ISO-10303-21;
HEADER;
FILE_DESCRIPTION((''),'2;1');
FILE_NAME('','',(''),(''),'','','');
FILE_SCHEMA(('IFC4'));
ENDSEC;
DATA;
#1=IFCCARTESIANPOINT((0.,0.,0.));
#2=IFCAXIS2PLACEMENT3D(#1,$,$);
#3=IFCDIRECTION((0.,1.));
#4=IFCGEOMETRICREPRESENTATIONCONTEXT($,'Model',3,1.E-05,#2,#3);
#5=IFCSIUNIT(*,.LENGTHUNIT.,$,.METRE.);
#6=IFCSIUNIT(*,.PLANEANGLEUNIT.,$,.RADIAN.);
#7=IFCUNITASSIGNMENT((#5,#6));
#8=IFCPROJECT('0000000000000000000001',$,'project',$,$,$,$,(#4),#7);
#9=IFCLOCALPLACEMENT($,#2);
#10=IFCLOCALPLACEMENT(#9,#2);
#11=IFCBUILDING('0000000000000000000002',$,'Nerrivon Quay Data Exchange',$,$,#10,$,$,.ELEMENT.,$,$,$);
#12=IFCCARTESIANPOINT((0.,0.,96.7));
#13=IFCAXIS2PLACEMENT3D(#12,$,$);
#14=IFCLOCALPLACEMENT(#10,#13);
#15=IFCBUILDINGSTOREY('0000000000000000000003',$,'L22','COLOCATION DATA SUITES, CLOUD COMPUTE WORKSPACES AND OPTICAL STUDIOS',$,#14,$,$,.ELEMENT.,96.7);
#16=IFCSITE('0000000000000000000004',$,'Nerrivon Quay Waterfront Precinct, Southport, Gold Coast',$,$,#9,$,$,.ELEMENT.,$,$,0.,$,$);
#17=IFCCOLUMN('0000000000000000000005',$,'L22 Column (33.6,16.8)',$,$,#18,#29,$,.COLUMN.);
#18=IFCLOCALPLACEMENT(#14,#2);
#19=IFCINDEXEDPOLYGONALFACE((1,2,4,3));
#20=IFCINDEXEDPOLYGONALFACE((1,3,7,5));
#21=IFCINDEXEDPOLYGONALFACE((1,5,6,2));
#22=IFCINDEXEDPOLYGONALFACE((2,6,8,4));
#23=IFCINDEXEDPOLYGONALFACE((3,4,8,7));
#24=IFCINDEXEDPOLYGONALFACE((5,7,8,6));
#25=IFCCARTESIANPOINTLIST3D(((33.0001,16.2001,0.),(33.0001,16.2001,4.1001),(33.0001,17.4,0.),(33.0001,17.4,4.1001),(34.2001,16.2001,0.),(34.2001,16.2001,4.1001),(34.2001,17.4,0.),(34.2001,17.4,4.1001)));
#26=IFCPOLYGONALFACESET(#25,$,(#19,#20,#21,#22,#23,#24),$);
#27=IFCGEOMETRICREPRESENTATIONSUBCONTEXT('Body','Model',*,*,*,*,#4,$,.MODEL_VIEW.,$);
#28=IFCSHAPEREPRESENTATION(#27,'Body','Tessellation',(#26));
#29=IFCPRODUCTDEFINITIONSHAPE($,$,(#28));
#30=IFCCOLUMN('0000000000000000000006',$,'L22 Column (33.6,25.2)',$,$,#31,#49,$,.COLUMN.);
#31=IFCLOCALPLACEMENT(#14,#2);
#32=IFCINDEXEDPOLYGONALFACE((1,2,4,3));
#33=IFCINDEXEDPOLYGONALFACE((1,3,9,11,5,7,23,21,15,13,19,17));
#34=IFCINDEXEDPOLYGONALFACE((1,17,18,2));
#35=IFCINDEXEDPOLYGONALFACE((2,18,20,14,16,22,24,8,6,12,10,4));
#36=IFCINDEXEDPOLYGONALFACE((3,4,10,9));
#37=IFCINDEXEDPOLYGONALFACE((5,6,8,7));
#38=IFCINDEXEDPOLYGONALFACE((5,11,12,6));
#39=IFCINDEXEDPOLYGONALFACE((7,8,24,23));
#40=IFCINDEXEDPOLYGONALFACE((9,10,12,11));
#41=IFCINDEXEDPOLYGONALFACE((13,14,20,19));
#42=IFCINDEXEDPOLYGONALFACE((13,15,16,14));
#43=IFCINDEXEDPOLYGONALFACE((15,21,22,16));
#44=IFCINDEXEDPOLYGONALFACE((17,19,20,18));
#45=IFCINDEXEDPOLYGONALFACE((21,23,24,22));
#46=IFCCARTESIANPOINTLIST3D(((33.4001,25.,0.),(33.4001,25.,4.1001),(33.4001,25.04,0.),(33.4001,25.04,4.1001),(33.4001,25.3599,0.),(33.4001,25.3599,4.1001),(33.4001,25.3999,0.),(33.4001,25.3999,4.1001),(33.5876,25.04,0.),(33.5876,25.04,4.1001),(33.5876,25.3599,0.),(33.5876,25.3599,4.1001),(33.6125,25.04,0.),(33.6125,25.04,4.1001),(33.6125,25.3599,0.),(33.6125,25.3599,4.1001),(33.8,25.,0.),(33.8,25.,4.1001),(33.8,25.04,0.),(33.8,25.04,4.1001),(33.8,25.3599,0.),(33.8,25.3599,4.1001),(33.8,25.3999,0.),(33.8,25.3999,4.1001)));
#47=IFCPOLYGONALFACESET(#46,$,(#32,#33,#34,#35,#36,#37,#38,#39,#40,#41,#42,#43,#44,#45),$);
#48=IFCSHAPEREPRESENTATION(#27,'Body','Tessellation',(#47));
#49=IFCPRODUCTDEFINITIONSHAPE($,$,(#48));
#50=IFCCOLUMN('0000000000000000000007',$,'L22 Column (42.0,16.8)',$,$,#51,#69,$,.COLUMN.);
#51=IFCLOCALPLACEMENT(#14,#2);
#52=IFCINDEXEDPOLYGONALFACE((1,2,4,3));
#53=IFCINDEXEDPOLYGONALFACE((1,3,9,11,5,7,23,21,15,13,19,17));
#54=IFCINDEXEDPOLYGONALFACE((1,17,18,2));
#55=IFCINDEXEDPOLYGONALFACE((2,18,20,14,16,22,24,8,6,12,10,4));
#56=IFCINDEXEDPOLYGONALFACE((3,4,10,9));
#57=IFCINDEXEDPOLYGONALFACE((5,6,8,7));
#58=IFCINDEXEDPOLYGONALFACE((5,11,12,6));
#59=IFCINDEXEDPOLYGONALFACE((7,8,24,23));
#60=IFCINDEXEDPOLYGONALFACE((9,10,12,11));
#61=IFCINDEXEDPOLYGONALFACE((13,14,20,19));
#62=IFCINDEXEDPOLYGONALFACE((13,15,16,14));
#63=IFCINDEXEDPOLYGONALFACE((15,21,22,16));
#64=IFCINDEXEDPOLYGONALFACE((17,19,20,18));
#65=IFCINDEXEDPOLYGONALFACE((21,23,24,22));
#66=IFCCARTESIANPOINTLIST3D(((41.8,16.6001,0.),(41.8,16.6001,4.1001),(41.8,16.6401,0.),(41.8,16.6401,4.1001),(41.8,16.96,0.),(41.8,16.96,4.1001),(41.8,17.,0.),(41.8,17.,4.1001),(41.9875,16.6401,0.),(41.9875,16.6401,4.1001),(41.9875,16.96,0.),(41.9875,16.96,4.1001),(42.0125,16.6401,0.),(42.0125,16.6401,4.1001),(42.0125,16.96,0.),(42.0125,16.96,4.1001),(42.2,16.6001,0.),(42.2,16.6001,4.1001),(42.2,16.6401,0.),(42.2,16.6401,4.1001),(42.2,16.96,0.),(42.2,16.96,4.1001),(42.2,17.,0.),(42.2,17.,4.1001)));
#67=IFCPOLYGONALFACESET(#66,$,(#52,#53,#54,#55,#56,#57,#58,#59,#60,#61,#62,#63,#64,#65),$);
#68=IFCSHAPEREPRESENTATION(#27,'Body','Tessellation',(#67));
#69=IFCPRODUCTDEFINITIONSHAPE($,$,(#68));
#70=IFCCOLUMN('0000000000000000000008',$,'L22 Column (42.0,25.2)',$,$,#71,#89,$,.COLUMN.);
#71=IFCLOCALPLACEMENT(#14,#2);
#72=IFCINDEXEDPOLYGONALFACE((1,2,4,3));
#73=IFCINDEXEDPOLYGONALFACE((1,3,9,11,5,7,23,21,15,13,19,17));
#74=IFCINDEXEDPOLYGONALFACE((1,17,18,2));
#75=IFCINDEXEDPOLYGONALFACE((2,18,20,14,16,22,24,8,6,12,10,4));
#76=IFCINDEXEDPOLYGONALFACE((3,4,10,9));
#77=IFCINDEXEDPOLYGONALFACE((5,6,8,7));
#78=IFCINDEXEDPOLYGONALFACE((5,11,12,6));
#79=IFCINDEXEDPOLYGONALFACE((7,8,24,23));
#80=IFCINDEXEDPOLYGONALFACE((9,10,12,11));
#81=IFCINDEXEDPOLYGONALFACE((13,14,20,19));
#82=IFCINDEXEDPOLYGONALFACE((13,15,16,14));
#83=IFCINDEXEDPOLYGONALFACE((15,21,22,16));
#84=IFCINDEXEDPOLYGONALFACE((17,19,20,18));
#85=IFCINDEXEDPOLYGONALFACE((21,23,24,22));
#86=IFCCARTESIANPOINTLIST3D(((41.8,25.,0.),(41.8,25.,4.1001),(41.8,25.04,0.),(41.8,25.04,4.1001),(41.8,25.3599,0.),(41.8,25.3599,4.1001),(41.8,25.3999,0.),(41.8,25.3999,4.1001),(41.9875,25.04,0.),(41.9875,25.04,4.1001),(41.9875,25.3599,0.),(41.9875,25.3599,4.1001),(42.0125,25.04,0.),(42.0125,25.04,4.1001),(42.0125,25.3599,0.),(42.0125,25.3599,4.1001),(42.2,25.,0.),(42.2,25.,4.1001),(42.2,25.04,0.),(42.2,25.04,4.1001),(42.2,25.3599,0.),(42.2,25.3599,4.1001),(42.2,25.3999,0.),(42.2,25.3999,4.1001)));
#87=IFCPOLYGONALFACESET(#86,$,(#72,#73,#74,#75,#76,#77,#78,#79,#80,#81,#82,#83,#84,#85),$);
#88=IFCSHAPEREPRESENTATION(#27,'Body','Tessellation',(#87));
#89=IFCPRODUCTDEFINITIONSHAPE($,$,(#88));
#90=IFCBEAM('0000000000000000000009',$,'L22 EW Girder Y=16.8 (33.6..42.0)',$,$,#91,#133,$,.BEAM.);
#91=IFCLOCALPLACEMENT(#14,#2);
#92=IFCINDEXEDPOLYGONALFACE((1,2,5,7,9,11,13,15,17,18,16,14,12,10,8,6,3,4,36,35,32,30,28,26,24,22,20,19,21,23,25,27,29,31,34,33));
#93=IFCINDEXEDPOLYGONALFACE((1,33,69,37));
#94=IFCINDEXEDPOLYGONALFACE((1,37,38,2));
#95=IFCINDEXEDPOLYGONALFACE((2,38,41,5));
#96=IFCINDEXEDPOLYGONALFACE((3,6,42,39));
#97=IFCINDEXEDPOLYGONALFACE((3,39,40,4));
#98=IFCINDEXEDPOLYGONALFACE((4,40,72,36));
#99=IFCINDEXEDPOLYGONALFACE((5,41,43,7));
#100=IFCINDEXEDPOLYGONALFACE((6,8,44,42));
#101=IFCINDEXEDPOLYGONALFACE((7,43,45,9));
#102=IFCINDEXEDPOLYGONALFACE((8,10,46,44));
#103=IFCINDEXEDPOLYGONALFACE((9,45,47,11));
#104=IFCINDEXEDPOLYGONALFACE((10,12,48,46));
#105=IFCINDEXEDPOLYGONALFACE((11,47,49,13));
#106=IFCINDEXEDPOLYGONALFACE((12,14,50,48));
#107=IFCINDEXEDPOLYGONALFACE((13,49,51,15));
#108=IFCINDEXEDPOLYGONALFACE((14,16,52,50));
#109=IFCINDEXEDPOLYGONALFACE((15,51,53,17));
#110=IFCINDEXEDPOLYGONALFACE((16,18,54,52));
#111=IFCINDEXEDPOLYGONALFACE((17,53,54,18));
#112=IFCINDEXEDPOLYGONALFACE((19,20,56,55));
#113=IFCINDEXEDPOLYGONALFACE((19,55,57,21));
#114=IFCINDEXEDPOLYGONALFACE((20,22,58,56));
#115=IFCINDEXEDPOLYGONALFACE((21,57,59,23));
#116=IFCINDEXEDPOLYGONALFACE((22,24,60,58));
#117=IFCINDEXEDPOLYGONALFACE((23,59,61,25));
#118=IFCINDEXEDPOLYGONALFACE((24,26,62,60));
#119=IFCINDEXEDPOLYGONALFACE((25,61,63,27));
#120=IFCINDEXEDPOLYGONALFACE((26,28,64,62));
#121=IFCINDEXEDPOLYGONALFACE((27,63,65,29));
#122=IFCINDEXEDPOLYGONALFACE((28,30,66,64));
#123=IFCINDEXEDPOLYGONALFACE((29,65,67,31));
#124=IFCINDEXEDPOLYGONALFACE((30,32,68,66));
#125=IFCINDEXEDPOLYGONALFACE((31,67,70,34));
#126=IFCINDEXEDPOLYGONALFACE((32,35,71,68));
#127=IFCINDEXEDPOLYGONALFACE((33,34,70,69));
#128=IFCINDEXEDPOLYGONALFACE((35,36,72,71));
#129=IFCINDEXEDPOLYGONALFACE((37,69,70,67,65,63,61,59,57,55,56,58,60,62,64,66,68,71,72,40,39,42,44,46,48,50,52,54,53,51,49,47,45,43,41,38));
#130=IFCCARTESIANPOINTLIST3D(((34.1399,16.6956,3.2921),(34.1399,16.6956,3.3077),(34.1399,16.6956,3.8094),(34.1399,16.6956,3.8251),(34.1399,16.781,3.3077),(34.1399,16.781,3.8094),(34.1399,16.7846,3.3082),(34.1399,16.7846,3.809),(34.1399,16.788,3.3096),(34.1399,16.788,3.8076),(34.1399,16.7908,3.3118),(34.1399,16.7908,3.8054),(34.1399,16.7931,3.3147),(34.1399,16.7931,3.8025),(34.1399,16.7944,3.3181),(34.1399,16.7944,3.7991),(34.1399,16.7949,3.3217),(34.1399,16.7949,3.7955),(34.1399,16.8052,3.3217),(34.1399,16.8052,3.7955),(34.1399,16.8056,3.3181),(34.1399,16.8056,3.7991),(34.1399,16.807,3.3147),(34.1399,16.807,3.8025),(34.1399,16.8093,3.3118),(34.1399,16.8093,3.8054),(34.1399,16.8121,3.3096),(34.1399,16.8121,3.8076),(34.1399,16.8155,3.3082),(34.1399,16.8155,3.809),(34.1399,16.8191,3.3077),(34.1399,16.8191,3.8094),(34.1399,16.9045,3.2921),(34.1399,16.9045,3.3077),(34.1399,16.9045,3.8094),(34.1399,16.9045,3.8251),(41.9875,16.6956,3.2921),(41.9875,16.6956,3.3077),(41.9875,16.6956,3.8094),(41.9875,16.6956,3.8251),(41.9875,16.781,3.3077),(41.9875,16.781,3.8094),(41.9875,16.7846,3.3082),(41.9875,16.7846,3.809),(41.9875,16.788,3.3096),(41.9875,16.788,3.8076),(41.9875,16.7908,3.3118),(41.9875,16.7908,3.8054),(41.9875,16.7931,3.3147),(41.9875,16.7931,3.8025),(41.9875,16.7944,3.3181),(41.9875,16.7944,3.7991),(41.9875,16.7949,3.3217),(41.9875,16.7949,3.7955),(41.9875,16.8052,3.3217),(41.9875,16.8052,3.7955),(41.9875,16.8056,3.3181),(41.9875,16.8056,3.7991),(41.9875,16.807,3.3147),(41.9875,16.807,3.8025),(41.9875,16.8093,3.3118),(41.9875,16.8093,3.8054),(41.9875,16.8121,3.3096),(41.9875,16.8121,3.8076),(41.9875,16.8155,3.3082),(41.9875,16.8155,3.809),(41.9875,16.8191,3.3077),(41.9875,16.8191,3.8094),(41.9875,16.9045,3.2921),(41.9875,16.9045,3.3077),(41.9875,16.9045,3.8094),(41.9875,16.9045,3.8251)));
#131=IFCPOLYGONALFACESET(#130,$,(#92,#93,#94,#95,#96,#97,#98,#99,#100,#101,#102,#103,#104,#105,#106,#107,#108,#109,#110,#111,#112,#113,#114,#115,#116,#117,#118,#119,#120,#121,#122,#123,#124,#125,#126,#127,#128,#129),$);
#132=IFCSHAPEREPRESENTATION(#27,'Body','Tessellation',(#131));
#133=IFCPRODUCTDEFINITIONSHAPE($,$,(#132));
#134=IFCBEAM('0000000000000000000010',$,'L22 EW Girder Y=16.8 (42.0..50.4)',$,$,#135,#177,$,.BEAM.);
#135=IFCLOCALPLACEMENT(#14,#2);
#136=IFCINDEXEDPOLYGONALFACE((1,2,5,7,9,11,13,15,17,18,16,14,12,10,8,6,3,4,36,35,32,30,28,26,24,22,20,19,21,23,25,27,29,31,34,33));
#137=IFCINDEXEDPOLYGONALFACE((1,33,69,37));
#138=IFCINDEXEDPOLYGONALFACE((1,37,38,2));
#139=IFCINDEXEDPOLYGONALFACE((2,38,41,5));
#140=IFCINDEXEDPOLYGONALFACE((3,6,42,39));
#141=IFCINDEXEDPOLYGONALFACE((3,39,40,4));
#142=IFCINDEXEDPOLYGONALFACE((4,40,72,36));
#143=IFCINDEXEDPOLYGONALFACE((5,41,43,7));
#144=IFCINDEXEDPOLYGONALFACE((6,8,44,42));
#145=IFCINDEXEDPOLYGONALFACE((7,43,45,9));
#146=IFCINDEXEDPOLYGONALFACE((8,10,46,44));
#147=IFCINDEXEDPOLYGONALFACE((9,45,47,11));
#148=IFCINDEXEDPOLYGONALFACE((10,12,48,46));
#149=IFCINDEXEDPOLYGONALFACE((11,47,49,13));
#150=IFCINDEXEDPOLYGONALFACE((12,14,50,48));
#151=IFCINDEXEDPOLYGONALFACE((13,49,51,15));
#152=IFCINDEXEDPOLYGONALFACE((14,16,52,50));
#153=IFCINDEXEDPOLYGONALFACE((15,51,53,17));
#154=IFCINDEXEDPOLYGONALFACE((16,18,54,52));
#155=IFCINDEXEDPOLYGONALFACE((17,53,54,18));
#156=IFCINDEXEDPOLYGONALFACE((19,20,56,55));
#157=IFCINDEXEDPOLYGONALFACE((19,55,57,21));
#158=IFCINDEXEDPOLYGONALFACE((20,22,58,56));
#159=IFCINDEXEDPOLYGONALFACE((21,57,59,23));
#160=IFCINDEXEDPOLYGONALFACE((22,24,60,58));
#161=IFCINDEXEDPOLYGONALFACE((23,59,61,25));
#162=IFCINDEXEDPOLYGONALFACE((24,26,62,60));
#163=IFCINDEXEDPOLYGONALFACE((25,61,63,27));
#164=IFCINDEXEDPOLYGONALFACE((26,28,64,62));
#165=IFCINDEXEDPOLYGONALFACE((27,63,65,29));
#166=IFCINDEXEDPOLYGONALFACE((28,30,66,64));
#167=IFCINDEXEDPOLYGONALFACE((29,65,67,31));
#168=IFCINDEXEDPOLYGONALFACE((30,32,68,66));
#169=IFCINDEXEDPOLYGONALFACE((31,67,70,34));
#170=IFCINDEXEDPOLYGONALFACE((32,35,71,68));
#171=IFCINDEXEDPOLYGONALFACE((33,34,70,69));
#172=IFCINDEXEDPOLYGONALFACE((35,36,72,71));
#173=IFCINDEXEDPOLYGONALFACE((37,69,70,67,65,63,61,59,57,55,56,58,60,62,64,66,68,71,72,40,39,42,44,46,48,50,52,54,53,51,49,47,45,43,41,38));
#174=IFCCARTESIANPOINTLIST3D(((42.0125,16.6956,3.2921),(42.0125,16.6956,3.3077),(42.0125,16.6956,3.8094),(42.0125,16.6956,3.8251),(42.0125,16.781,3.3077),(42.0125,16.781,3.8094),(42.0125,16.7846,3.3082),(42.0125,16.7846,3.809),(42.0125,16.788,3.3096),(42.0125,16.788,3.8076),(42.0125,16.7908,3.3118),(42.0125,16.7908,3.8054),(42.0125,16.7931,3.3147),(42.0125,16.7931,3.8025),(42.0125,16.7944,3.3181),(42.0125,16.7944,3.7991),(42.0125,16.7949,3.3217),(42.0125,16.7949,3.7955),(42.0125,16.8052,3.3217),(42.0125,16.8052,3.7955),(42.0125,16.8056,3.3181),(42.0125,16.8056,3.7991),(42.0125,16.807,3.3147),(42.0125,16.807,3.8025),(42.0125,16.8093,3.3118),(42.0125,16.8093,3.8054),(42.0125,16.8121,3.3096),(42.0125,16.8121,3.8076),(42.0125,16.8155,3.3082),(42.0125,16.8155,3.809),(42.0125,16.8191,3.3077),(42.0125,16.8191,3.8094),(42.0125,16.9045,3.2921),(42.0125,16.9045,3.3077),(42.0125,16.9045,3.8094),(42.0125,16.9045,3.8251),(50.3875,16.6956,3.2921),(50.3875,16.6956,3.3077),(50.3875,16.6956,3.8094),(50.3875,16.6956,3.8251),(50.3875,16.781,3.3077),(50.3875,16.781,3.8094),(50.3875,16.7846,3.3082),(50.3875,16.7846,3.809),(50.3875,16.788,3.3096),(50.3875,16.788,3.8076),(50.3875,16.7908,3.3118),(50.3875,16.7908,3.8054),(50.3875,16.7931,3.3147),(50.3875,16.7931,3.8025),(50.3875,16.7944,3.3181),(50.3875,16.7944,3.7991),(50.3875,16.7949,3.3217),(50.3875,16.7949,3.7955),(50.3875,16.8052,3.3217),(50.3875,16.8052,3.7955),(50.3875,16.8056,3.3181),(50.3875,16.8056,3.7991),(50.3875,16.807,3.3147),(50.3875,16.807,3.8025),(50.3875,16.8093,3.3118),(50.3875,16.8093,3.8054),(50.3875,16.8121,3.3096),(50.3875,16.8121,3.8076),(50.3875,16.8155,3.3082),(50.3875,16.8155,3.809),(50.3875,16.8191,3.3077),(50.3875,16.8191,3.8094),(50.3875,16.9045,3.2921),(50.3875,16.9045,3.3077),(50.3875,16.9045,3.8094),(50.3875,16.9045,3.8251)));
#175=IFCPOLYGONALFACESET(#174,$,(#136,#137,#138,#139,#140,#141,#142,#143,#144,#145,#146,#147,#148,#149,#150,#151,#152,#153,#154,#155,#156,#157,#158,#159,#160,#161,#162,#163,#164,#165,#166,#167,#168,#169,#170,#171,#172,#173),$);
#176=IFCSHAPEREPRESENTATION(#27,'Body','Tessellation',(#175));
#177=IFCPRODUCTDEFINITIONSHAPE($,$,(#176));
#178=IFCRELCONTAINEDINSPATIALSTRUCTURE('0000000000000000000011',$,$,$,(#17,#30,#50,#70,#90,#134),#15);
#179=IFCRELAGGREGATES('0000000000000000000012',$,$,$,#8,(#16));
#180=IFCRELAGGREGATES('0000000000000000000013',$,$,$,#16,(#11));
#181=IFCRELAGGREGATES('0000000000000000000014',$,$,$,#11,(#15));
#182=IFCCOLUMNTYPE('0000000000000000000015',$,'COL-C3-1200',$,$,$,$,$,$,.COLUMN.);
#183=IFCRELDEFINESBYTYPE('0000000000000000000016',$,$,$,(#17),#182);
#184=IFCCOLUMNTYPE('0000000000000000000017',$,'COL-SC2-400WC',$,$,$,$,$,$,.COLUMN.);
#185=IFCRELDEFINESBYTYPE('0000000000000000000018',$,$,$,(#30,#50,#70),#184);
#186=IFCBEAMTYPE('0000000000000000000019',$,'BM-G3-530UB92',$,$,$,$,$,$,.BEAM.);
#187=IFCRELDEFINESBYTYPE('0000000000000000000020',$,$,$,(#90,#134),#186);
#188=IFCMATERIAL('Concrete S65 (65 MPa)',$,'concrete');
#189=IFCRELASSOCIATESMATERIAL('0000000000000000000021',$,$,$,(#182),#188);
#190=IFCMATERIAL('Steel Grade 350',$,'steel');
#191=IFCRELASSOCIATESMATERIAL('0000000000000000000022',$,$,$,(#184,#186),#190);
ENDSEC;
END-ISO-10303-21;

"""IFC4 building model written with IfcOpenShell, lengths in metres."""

from ifc_helpers import new_model, si_unit, direction, frame, origin, origin_2d, place, context, subcontext, project, spatial, rectangle, i_section, extrude, material, material_profile, profile_set, type_object, element, save


model = new_model("IFC4")

# Units and contexts
model_context = context("Model", 3, precision=1e-05, world=origin(), true_north=direction((0.0, 1.0)))
body_context = subcontext(model_context, "Body", "Model", "MODEL_VIEW")
ifc_project = project(units=[si_unit("LENGTHUNIT", "METRE"), si_unit("PLANEANGLEUNIT", "RADIAN")], contexts=[model_context])

# Site, building, storey
site_placement = place(None, origin())
site = spatial("IfcSite", under=ifc_project, at=site_placement, Name="Nerrivon Quay Waterfront Precinct, Southport, Gold Coast", CompositionType="ELEMENT", RefElevation=0.0)
building_placement = place(site_placement, origin())
building = spatial("IfcBuilding", under=site, at=building_placement, Name="Nerrivon Quay Data Exchange", CompositionType="ELEMENT")
storey_placement = place(building_placement, frame((0.0, 0.0, 96.7)))
storey = spatial("IfcBuildingStorey", under=building, at=storey_placement, Name="L22", Description="COLOCATION DATA SUITES, CLOUD COMPUTE WORKSPACES AND OPTICAL STUDIOS", CompositionType="ELEMENT", Elevation=96.7)

# Columns
ifc_material_1 = material(Name="Concrete S65 (65 MPa)", Category="concrete")
ifc_material_profile_1 = material_profile(ifc_material_1, rectangle(XDim=1.2, YDim=1.2, at=origin_2d()), Name="RC-COL-1200x1200")
ifc_profile_set_1 = profile_set([ifc_material_profile_1], Name="Concrete S65 (65 MPa)")
column_type_1 = type_object("IfcColumnType", Name="COL-C3-1200", PredefinedType="COLUMN", material=ifc_profile_set_1)
column_placement = place(storey_placement, frame((33.6001, 16.8, 0.0), z_axis=(0.0, 0.0, 1.0), x_axis=(1.0, 0.0, 0.0)))
element("IfcColumn", 1, at=column_placement, inside=storey, type_object=column_type_1, Name="L22 Column (33.6,16.8)", PredefinedType="COLUMN", context=body_context, shape_type="SweptSolid", body=[
    extrude(rectangle(XDim=1.2, YDim=1.2, at=origin_2d()), origin(), (0.0, 0.0, 1.0), 4.1001),
])
ifc_material_2 = material(Name="Steel Grade 350", Category="steel")
ifc_material_profile_2 = material_profile(ifc_material_2, i_section(OverallWidth=0.3999, OverallDepth=0.3999, WebThickness=0.0249, FlangeThickness=0.04, at=origin_2d()), Name="400WC328")
ifc_profile_set_2 = profile_set([ifc_material_profile_2], Name="Steel Grade 350")
column_type_2 = type_object("IfcColumnType", Name="COL-SC2-400WC", PredefinedType="COLUMN", material=ifc_profile_set_2)
for number, where, z_axis, x_axis, name in (
    (2, (33.6001, 25.2, 0.0), (0.0, 0.0, 1.0), (1.0, 0.0, 0.0), "L22 Column (33.6,25.2)"),
    (3, (42.0, 16.8, 0.0), (0.0, 0.0, 1.0), (1.0, 0.0, 0.0), "L22 Column (42.0,16.8)"),
    (4, (42.0, 25.2, 0.0), (0.0, 0.0, 1.0), (1.0, 0.0, 0.0), "L22 Column (42.0,25.2)"),
):
    element("IfcColumn", number, at=place(storey_placement, frame(where, z_axis=z_axis, x_axis=x_axis)), inside=storey, type_object=column_type_2, Name=name, PredefinedType="COLUMN", context=body_context, shape_type="SweptSolid", body=[
        extrude(i_section(OverallWidth=0.3999, OverallDepth=0.3999, WebThickness=0.0249, FlangeThickness=0.04, at=origin_2d()), origin(), (0.0, 0.0, 1.0), 4.1001),
    ])

# Beams
ifc_material_profile_3 = material_profile(ifc_material_2, i_section(OverallWidth=0.209, OverallDepth=0.533, WebThickness=0.0103, FlangeThickness=0.0156, FilletRadius=0.0139, at=origin_2d()), Name="530UB92.4")
ifc_profile_set_3 = profile_set([ifc_material_profile_3], Name="Steel Grade 350")
beam_type_1 = type_object("IfcBeamType", Name="BM-G3-530UB92", PredefinedType="BEAM", material=ifc_profile_set_3)
beam_1_placement = place(storey_placement, frame((34.1399, 16.8, 3.5586), z_axis=(1.0, 0.0, 0.0), x_axis=(0.0, 1.0, 0.0)))
element("IfcBeam", 5, at=beam_1_placement, inside=storey, type_object=beam_type_1, Name="L22 EW Girder Y=16.8 (33.6..42.0)", PredefinedType="BEAM", context=body_context, shape_type="SweptSolid", body=[
    extrude(i_section(OverallWidth=0.209, OverallDepth=0.533, WebThickness=0.0103, FlangeThickness=0.0156, FilletRadius=0.0139, at=origin_2d()), origin(), (0.0, 0.0, 1.0), 7.8477),
])
for number, where, z_axis, x_axis, name in (
    (6, (42.0125, 16.8, 3.5586), (1.0, 0.0, 0.0), (0.0, 1.0, 0.0), "L22 EW Girder Y=16.8 (42.0..50.4)"),
):
    element("IfcBeam", number, at=place(storey_placement, frame(where, z_axis=z_axis, x_axis=x_axis)), inside=storey, type_object=beam_type_1, Name=name, PredefinedType="BEAM", context=body_context, shape_type="SweptSolid", body=[
        extrude(i_section(OverallWidth=0.209, OverallDepth=0.533, WebThickness=0.0103, FlangeThickness=0.0156, FilletRadius=0.0139, at=origin_2d()), origin(), (0.0, 0.0, 1.0), 8.375),
    ])

save(model, "model.ifc")
